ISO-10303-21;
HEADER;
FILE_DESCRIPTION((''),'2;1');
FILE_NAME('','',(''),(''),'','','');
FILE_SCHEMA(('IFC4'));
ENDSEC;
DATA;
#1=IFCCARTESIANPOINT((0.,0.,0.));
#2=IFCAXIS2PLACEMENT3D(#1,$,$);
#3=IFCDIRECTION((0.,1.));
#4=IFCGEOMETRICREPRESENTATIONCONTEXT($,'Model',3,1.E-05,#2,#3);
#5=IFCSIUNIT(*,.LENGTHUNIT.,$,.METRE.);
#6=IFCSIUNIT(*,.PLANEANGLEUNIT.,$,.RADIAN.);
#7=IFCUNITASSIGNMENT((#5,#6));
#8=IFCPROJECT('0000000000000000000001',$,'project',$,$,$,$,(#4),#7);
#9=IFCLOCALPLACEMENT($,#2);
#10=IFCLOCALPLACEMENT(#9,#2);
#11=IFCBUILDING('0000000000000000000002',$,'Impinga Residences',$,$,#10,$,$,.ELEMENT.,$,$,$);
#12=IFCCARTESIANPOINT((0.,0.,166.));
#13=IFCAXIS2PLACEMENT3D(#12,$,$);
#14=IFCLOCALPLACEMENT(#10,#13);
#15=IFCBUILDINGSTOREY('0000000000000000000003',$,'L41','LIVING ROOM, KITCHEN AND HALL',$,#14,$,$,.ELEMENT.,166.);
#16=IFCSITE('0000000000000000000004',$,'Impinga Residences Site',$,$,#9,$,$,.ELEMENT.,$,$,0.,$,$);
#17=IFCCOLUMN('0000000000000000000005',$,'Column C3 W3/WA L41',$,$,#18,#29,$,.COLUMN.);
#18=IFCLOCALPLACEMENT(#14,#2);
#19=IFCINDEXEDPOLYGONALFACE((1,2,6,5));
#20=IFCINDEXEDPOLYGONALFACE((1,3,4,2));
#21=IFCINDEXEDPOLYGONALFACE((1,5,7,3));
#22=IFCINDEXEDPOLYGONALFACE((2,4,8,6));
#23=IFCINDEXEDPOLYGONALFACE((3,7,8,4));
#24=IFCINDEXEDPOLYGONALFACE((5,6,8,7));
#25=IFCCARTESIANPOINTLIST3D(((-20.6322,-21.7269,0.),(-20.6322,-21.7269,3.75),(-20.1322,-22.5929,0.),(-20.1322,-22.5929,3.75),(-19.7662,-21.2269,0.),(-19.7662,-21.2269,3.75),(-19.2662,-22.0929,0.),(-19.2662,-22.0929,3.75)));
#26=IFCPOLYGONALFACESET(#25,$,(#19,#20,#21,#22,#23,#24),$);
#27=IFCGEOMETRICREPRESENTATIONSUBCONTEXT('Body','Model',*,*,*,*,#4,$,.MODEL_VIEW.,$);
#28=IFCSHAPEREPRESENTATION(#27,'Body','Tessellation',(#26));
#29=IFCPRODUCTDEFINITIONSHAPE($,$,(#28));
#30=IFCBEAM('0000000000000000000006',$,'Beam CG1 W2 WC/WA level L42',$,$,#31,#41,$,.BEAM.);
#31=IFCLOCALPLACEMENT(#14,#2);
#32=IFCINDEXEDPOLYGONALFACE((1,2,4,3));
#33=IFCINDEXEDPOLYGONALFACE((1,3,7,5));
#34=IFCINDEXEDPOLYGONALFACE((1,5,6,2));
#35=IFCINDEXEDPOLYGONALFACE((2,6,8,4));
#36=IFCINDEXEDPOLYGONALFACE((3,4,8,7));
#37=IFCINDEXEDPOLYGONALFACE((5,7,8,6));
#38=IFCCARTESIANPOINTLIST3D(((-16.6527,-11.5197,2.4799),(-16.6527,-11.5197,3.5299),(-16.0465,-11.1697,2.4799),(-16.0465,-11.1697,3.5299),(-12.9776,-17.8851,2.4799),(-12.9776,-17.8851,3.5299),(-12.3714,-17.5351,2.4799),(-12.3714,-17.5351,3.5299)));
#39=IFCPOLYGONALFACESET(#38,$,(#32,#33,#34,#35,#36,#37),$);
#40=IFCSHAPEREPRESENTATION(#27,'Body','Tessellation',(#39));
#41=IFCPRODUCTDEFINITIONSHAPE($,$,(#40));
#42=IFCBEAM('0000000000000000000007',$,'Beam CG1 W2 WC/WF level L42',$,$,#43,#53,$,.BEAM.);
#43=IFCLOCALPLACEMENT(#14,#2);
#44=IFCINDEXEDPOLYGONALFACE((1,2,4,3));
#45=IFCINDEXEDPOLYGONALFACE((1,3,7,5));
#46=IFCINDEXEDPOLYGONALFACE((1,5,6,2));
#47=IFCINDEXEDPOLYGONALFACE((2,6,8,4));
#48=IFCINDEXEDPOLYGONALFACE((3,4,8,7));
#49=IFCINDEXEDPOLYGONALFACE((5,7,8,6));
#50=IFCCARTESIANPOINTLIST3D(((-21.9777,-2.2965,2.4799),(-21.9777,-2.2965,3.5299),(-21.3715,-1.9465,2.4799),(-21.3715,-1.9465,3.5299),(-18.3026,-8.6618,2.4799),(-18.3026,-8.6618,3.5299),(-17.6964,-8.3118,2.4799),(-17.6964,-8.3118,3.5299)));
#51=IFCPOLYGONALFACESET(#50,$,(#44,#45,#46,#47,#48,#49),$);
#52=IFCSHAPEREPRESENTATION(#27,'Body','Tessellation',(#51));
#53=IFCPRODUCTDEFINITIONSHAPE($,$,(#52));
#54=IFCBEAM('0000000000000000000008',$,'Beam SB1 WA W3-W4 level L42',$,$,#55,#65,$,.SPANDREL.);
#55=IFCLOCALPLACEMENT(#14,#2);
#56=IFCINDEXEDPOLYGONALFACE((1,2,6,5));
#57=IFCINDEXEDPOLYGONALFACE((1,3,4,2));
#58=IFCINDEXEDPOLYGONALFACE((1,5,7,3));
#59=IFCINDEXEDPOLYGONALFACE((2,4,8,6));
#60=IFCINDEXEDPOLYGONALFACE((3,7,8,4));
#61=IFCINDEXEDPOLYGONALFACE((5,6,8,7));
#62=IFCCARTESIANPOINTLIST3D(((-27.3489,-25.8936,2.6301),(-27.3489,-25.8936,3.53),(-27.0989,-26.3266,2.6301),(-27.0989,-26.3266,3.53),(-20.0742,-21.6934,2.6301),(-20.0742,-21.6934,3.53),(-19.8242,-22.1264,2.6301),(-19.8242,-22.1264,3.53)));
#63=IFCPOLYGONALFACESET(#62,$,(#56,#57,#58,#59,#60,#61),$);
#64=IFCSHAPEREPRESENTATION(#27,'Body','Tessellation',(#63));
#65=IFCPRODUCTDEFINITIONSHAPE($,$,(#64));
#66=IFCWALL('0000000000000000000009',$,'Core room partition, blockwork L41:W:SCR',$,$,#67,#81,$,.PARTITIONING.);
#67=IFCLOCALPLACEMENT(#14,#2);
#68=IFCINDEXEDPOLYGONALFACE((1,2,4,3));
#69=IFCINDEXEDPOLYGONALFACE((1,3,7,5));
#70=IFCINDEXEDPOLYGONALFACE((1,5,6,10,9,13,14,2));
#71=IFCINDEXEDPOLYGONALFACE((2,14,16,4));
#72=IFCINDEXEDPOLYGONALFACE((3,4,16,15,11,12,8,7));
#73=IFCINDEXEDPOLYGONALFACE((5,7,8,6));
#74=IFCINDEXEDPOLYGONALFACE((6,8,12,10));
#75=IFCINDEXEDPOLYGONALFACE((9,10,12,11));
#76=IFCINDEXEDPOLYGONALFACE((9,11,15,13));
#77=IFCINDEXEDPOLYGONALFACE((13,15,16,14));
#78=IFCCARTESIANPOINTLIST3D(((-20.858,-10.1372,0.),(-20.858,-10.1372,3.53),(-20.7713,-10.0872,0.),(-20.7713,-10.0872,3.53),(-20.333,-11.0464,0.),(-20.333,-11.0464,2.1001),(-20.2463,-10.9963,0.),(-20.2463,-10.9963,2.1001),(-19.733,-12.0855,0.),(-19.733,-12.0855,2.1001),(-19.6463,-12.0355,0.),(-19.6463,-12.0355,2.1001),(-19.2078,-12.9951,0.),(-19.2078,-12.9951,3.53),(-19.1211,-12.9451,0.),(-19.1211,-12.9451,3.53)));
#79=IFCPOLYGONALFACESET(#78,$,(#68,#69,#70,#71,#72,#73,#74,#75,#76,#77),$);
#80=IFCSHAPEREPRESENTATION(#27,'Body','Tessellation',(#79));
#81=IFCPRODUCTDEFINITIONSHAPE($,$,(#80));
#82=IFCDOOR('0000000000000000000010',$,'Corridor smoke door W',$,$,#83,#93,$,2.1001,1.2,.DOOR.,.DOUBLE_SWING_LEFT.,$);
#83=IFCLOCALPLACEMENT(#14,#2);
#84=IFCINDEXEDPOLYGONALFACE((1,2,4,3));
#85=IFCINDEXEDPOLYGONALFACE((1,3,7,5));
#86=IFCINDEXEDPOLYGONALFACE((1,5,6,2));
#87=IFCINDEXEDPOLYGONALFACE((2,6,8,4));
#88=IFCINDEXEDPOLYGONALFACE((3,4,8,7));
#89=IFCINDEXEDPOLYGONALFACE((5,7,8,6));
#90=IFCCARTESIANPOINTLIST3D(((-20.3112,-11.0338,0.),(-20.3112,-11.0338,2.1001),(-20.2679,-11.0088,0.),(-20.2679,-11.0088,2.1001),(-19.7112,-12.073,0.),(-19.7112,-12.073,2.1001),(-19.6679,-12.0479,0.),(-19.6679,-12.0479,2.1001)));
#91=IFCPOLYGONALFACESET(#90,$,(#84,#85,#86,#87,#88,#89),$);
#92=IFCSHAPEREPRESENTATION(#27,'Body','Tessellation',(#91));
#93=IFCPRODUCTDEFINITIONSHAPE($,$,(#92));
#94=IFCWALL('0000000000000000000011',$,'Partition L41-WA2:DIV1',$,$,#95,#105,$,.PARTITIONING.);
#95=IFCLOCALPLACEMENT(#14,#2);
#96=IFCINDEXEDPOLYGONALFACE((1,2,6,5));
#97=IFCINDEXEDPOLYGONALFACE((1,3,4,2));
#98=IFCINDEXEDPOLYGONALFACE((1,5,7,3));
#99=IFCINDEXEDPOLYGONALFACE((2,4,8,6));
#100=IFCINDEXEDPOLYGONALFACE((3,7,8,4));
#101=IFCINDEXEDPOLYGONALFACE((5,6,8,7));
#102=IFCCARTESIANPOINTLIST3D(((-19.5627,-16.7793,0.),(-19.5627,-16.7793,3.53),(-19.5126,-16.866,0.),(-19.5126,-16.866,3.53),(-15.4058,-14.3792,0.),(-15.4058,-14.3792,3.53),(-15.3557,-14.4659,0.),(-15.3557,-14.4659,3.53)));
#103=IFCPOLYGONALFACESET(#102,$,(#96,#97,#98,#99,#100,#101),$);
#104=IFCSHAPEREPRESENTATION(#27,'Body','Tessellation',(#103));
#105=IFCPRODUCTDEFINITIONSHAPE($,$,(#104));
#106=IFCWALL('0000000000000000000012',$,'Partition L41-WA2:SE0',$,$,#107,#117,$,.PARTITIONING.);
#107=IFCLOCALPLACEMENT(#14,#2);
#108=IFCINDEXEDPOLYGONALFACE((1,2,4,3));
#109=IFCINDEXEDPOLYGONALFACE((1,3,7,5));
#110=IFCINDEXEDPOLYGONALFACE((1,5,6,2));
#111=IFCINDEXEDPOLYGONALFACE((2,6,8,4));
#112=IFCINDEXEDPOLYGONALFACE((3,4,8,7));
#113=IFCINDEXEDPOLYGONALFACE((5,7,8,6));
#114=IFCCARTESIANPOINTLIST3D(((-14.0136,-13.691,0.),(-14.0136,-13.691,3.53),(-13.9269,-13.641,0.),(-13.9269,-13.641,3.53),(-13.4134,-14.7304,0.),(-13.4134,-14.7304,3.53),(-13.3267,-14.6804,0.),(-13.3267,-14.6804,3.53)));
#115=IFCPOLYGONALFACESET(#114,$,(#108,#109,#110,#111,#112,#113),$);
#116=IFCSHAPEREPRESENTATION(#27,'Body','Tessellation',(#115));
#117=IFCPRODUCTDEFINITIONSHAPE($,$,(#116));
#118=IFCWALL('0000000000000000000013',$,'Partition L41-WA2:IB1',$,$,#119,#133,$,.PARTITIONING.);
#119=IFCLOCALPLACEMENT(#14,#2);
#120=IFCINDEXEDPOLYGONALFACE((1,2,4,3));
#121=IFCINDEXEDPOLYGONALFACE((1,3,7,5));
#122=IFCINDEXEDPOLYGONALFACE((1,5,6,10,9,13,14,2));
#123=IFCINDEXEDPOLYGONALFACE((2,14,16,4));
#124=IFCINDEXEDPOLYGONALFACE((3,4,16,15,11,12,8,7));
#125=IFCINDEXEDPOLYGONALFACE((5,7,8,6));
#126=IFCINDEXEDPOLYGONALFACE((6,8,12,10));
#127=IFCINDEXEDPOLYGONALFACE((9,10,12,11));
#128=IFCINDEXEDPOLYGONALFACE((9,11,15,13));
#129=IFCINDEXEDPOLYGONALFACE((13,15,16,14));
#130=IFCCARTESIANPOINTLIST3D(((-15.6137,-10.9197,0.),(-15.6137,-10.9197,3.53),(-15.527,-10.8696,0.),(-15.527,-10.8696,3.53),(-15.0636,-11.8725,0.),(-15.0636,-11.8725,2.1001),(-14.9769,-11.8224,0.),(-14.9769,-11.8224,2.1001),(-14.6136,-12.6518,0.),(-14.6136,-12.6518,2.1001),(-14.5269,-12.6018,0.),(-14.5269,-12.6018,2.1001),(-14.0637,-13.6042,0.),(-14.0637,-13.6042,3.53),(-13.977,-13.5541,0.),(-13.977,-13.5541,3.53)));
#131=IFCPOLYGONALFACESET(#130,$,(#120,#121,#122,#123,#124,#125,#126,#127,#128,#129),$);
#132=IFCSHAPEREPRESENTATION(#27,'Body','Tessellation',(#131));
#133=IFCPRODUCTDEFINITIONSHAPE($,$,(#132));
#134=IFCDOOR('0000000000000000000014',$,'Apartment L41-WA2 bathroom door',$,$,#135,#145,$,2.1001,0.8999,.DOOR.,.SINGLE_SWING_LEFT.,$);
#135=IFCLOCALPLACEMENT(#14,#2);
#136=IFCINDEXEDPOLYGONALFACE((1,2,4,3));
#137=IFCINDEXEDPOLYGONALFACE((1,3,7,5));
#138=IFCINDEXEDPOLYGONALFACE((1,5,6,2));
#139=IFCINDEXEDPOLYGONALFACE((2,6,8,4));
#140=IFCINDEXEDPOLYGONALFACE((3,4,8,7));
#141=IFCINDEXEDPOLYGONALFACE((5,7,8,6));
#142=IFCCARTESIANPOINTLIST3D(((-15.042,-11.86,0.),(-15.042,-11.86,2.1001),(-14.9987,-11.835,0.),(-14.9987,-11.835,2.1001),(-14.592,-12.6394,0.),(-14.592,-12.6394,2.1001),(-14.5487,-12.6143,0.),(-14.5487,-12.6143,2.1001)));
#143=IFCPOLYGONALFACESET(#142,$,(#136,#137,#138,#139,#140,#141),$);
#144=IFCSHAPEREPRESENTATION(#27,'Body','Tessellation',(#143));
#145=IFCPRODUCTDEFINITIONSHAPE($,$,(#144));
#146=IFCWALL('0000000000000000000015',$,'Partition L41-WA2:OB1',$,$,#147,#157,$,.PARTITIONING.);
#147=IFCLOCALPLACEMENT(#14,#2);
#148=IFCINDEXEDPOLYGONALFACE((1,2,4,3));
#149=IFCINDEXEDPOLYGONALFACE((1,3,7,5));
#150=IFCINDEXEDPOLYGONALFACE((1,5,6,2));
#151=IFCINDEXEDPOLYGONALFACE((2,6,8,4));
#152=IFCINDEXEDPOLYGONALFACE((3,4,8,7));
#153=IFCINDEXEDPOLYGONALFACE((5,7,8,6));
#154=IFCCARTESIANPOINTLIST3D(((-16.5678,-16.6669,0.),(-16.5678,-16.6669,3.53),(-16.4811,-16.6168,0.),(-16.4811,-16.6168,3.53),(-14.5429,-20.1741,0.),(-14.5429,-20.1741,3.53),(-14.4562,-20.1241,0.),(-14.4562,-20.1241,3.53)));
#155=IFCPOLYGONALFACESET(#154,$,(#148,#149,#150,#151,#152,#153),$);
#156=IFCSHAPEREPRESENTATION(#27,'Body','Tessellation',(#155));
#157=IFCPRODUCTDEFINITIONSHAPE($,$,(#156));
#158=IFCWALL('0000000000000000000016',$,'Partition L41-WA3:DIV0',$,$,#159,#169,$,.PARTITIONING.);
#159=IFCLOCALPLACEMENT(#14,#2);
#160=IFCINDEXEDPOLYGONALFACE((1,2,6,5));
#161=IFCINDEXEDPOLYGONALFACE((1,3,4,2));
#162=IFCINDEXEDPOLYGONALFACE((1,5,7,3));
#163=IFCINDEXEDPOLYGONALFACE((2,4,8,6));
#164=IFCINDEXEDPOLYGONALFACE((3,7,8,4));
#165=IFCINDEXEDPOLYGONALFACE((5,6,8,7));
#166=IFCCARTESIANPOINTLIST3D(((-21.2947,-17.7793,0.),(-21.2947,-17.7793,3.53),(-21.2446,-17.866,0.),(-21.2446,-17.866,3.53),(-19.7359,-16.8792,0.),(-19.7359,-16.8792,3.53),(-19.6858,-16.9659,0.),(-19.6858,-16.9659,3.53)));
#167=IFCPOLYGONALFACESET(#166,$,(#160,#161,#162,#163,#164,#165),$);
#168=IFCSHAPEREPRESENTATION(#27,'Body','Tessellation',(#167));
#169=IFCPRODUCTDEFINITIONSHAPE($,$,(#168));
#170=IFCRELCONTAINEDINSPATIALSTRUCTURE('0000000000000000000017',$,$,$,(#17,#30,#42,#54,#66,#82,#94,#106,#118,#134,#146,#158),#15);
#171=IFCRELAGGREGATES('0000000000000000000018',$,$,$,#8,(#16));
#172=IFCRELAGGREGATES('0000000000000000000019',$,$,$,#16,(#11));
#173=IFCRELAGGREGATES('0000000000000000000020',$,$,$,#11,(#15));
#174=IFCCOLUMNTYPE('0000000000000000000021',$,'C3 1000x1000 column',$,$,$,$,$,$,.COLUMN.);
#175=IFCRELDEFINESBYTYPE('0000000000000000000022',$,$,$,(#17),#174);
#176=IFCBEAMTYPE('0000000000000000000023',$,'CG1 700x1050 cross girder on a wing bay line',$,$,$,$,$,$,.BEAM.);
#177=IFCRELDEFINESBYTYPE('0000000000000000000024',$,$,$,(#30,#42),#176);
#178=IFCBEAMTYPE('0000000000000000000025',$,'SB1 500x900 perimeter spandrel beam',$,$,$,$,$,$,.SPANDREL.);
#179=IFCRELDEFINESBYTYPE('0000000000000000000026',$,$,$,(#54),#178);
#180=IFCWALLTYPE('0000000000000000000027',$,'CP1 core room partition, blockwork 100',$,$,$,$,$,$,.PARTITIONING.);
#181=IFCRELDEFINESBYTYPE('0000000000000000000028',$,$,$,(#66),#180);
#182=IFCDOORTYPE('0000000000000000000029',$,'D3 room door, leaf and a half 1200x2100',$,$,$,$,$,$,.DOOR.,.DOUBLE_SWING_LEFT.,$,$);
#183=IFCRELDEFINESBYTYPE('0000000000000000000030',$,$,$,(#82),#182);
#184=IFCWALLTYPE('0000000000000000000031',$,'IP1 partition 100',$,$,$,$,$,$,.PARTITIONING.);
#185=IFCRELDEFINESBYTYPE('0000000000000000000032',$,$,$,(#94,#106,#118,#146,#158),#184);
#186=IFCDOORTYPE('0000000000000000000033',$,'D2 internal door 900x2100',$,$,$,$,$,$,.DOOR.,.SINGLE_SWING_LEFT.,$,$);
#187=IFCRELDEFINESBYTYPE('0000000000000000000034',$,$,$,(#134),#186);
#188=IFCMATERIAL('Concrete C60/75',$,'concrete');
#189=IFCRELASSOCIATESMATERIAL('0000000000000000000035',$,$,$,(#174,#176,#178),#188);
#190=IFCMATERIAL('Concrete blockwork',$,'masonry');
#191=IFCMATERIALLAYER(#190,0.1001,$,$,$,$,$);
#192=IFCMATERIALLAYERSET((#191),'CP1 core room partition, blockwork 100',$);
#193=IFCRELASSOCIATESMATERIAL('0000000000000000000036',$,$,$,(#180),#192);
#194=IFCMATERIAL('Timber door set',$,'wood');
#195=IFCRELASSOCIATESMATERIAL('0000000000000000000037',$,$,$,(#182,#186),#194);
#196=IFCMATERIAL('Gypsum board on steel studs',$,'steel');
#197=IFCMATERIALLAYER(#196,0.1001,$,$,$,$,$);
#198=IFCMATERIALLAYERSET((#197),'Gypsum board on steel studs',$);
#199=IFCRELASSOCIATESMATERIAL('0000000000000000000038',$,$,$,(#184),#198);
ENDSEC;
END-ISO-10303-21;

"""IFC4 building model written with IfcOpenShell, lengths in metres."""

from ifc_helpers import new_model, si_unit, direction, frame, frame_2d, origin, origin_2d, place, context, subcontext, project, spatial, rectangle, extrude, material, layer, layer_set, material_profile, profile_set, type_object, element, fill, save


model = new_model("IFC4")

# Units and contexts
model_context = context("Model", 3, precision=1e-05, world=origin(), true_north=direction((0.0, 1.0)))
body_context = subcontext(model_context, "Body", "Model", "MODEL_VIEW")
ifc_project = project(units=[si_unit("LENGTHUNIT", "METRE"), si_unit("PLANEANGLEUNIT", "RADIAN")], contexts=[model_context])

# Site, building, storey
site_placement = place(None, origin())
site = spatial("IfcSite", under=ifc_project, at=site_placement, Name="Impinga Residences Site", CompositionType="ELEMENT", RefElevation=0.0)
building_placement = place(site_placement, origin())
building = spatial("IfcBuilding", under=site, at=building_placement, Name="Impinga Residences", CompositionType="ELEMENT")
storey_placement = place(building_placement, frame((0.0, 0.0, 166.0)))
storey = spatial("IfcBuildingStorey", under=building, at=storey_placement, Name="L41", Description="LIVING ROOM, KITCHEN AND HALL", CompositionType="ELEMENT", Elevation=166.0)

# Column
ifc_material_1 = material(Name="Concrete C60/75", Category="concrete")
ifc_material_profile_1 = material_profile(ifc_material_1, rectangle(XDim=1.0, YDim=1.0, at=origin_2d()), Name="RC 1000x1000")
ifc_profile_set_1 = profile_set([ifc_material_profile_1], Name="Concrete C60/75")
column_type = type_object("IfcColumnType", Name="C3 1000x1000 column", PredefinedType="COLUMN", material=ifc_profile_set_1)
column_placement = place(storey_placement, frame((-19.9492, -21.9099, 0.0), z_axis=(0.0, 0.0, 1.0), x_axis=(-0.5, 0.866025, 0.0)))
element("IfcColumn", 1, at=column_placement, inside=storey, type_object=column_type, Name="Column C3 W3/WA L41", PredefinedType="COLUMN", context=body_context, shape_type="SweptSolid", body=[
    extrude(rectangle(XDim=1.0, YDim=1.0, at=origin_2d()), origin(), (0.0, 0.0, 1.0), 3.75),
])

# Beams
ifc_material_profile_2 = material_profile(ifc_material_1, rectangle(XDim=0.7, YDim=1.05, at=origin_2d()), Name="RC 700x1050")
ifc_profile_set_2 = profile_set([ifc_material_profile_2], Name="Concrete C60/75")
beam_type_1 = type_object("IfcBeamType", Name="CG1 700x1050 cross girder on a wing bay line", PredefinedType="BEAM", material=ifc_profile_set_2)
for number, where, z_axis, x_axis, name in (
    (2, (-16.3496, -11.3447, 3.0049), (0.500008, -0.866021, 0.0), (0.866021, 0.500008, 0.0), "Beam CG1 W2 WC/WA level L42"),
    (3, (-17.9995, -8.4868, 3.0049), (-0.500008, 0.866021, 0.0), (-0.866021, -0.500008, 0.0), "Beam CG1 W2 WC/WF level L42"),
):
    element("IfcBeam", number, at=place(storey_placement, frame(where, z_axis=z_axis, x_axis=x_axis)), inside=storey, type_object=beam_type_1, Name=name, PredefinedType="BEAM", context=body_context, shape_type="SweptSolid", body=[
        extrude(rectangle(XDim=0.7, YDim=1.05, at=origin_2d()), origin(), (0.0, 0.0, 1.0), 7.3501),
    ])
ifc_material_profile_3 = material_profile(ifc_material_1, rectangle(XDim=0.5, YDim=0.8999, at=origin_2d()), Name="RC 500x900")
ifc_profile_set_3 = profile_set([ifc_material_profile_3], Name="Concrete C60/75")
beam_type_2 = type_object("IfcBeamType", Name="SB1 500x900 perimeter spandrel beam", PredefinedType="SPANDREL", material=ifc_profile_set_3)
beam_placement = place(storey_placement, frame((-19.9492, -21.9099, 3.0801), z_axis=(-0.866017, -0.500015, 0.0), x_axis=(0.500015, -0.866017, 0.0)))
element("IfcBeam", 4, at=beam_placement, inside=storey, type_object=beam_type_2, Name="Beam SB1 WA W3-W4 level L42", PredefinedType="SPANDREL", context=body_context, shape_type="SweptSolid", body=[
    extrude(rectangle(XDim=0.5, YDim=0.8999, at=origin_2d()), origin(), (0.0, 0.0, 1.0), 8.4001),
])

# Wall, opening, door
ifc_material_2 = material(Name="Concrete blockwork", Category="masonry")
ifc_layer_1 = layer(ifc_material_2, 0.1001)
ifc_layer_set_1 = layer_set([ifc_layer_1], Name="CP1 core room partition, blockwork 100")
wall_type_1 = type_object("IfcWallType", Name="CP1 core room partition, blockwork 100", PredefinedType="PARTITIONING", material=ifc_layer_set_1)
wall_1_placement = place(storey_placement, frame((-19.1646, -12.97, 0.0), z_axis=(0.0, 0.0, 1.0), x_axis=(-0.50003, 0.866008, 0.0)))
wall_1 = element("IfcWall", 5, at=wall_1_placement, inside=storey, type_object=wall_type_1, Name="Core room partition, blockwork L41:W:SCR", PredefinedType="PARTITIONING", context=body_context, shape_type="SweptSolid", body=[
    extrude(rectangle(XDim=3.3, YDim=0.1001, at=frame_2d((1.6499, 0.0))), origin(), (0.0, 0.0, 1.0), 3.53),
])
opening_1_placement = place(wall_1_placement, frame((1.05, 0.0, 0.0)))
opening_1 = element("IfcOpeningElement", 6, at=opening_1_placement, cuts=wall_1, PredefinedType="OPENING", context=body_context, shape_type="SweptSolid", body=[
    extrude(rectangle(XDim=1.2, YDim=2.1001, at=frame_2d((0.6001, 1.05))), frame((0.0, 0.0601, 0.0), z_axis=(0.0, -1.0, 0.0), x_axis=(1.0, 0.0, 0.0)), (0.0, 0.0, 1.0), 0.1201),
])
ifc_material_3 = material(Name="Timber door set", Category="wood")
door_type_1 = type_object("IfcDoorType", Name="D3 room door, leaf and a half 1200x2100", OperationType="DOUBLE_SWING_LEFT", PredefinedType="DOOR", material=ifc_material_3)
door_1_placement = place(opening_1_placement, origin())
door_1 = element("IfcDoor", 7, at=door_1_placement, inside=storey, type_object=door_type_1, Name="Corridor smoke door W", OperationType="DOUBLE_SWING_LEFT", OverallHeight=2.1001, OverallWidth=1.2, PredefinedType="DOOR", context=body_context, shape_type="SweptSolid", body=[
    extrude(rectangle(XDim=1.2, YDim=2.1001, at=frame_2d((0.6001, 1.05))), frame((0.0, 0.0249, 0.0), z_axis=(0.0, -1.0, 0.0), x_axis=(1.0, 0.0, 0.0)), (0.0, 0.0, 1.0), 0.05),
])
fill(opening_1, door_1)

# Walls
ifc_material_4 = material(Name="Gypsum board on steel studs", Category="steel")
ifc_layer_2 = layer(ifc_material_4, 0.1001)
ifc_layer_set_2 = layer_set([ifc_layer_2], Name="Gypsum board on steel studs")
wall_type_2 = type_object("IfcWallType", Name="IP1 partition 100", PredefinedType="PARTITIONING", material=ifc_layer_set_2)
wall_2_placement = place(storey_placement, frame((-15.3809, -14.4226, 0.0), z_axis=(0.0, 0.0, 1.0), x_axis=(-0.866015, -0.500017, 0.0)))
element("IfcWall", 8, at=wall_2_placement, inside=storey, type_object=wall_type_2, Name="Partition L41-WA2:DIV1", PredefinedType="PARTITIONING", context=body_context, shape_type="SweptSolid", body=[
    extrude(rectangle(XDim=4.8, YDim=0.1001, at=frame_2d((2.3999, 0.0))), origin(), (0.0, 0.0, 1.0), 3.53),
])
wall_3_placement = place(storey_placement, frame((-13.9702, -13.666, 0.0), z_axis=(0.0, 0.0, 1.0), x_axis=(0.500034, -0.866006, 0.0)))
element("IfcWall", 9, at=wall_3_placement, inside=storey, type_object=wall_type_2, Name="Partition L41-WA2:SE0", PredefinedType="PARTITIONING", context=body_context, shape_type="SweptSolid", body=[
    extrude(rectangle(XDim=1.2002, YDim=0.1001, at=frame_2d((0.6001, 0.0))), origin(), (0.0, 0.0, 1.0), 3.53),
])

# Wall, opening, door
wall_4_placement = place(storey_placement, frame((-15.5703, -10.8948, 0.0), z_axis=(0.0, 0.0, 1.0), x_axis=(0.500027, -0.86601, 0.0)))
wall_4 = element("IfcWall", 10, at=wall_4_placement, inside=storey, type_object=wall_type_2, Name="Partition L41-WA2:IB1", PredefinedType="PARTITIONING", context=body_context, shape_type="SweptSolid", body=[
    extrude(rectangle(XDim=3.0999, YDim=0.1001, at=frame_2d((1.5498, 0.0))), origin(), (0.0, 0.0, 1.0), 3.53),
])
opening_2_placement = place(wall_4_placement, frame((1.1001, 0.0, 0.0)))
opening_2 = element("IfcOpeningElement", 11, at=opening_2_placement, cuts=wall_4, PredefinedType="OPENING", context=body_context, shape_type="SweptSolid", body=[
    extrude(rectangle(XDim=0.8999, YDim=2.1001, at=frame_2d((0.45, 1.05))), frame((0.0, 0.0601, 0.0), z_axis=(0.0, -1.0, 0.0), x_axis=(1.0, 0.0, 0.0)), (0.0, 0.0, 1.0), 0.1201),
])
door_type_2 = type_object("IfcDoorType", Name="D2 internal door 900x2100", OperationType="SINGLE_SWING_LEFT", PredefinedType="DOOR", material=ifc_material_3)
door_2_placement = place(opening_2_placement, origin())
door_2 = element("IfcDoor", 12, at=door_2_placement, inside=storey, type_object=door_type_2, Name="Apartment L41-WA2 bathroom door", OperationType="SINGLE_SWING_LEFT", OverallHeight=2.1001, OverallWidth=0.8999, PredefinedType="DOOR", context=body_context, shape_type="SweptSolid", body=[
    extrude(rectangle(XDim=0.8999, YDim=2.1001, at=frame_2d((0.45, 1.05))), frame((0.0, 0.0249, 0.0), z_axis=(0.0, -1.0, 0.0), x_axis=(1.0, 0.0, 0.0)), (0.0, 0.0, 1.0), 0.05),
])
fill(opening_2, door_2)

# Walls
wall_5_placement = place(storey_placement, frame((-16.5244, -16.6418, 0.0), z_axis=(0.0, 0.0, 1.0), x_axis=(0.49999, -0.866031, 0.0)))
element("IfcWall", 13, at=wall_5_placement, inside=storey, type_object=wall_type_2, Name="Partition L41-WA2:OB1", PredefinedType="PARTITIONING", context=body_context, shape_type="SweptSolid", body=[
    extrude(rectangle(XDim=4.0498, YDim=0.1001, at=frame_2d((2.0249, 0.0))), origin(), (0.0, 0.0, 1.0), 3.53),
])
wall_6_placement = place(storey_placement, frame((-19.7109, -16.9226, 0.0), z_axis=(0.0, 0.0, 1.0), x_axis=(-0.865989, -0.500063, 0.0)))
element("IfcWall", 14, at=wall_6_placement, inside=storey, type_object=wall_type_2, Name="Partition L41-WA3:DIV0", PredefinedType="PARTITIONING", context=body_context, shape_type="SweptSolid", body=[
    extrude(rectangle(XDim=1.8, YDim=0.1001, at=frame_2d((0.8999, 0.0))), origin(), (0.0, 0.0, 1.0), 3.53),
])

save(model, "model.ifc")
